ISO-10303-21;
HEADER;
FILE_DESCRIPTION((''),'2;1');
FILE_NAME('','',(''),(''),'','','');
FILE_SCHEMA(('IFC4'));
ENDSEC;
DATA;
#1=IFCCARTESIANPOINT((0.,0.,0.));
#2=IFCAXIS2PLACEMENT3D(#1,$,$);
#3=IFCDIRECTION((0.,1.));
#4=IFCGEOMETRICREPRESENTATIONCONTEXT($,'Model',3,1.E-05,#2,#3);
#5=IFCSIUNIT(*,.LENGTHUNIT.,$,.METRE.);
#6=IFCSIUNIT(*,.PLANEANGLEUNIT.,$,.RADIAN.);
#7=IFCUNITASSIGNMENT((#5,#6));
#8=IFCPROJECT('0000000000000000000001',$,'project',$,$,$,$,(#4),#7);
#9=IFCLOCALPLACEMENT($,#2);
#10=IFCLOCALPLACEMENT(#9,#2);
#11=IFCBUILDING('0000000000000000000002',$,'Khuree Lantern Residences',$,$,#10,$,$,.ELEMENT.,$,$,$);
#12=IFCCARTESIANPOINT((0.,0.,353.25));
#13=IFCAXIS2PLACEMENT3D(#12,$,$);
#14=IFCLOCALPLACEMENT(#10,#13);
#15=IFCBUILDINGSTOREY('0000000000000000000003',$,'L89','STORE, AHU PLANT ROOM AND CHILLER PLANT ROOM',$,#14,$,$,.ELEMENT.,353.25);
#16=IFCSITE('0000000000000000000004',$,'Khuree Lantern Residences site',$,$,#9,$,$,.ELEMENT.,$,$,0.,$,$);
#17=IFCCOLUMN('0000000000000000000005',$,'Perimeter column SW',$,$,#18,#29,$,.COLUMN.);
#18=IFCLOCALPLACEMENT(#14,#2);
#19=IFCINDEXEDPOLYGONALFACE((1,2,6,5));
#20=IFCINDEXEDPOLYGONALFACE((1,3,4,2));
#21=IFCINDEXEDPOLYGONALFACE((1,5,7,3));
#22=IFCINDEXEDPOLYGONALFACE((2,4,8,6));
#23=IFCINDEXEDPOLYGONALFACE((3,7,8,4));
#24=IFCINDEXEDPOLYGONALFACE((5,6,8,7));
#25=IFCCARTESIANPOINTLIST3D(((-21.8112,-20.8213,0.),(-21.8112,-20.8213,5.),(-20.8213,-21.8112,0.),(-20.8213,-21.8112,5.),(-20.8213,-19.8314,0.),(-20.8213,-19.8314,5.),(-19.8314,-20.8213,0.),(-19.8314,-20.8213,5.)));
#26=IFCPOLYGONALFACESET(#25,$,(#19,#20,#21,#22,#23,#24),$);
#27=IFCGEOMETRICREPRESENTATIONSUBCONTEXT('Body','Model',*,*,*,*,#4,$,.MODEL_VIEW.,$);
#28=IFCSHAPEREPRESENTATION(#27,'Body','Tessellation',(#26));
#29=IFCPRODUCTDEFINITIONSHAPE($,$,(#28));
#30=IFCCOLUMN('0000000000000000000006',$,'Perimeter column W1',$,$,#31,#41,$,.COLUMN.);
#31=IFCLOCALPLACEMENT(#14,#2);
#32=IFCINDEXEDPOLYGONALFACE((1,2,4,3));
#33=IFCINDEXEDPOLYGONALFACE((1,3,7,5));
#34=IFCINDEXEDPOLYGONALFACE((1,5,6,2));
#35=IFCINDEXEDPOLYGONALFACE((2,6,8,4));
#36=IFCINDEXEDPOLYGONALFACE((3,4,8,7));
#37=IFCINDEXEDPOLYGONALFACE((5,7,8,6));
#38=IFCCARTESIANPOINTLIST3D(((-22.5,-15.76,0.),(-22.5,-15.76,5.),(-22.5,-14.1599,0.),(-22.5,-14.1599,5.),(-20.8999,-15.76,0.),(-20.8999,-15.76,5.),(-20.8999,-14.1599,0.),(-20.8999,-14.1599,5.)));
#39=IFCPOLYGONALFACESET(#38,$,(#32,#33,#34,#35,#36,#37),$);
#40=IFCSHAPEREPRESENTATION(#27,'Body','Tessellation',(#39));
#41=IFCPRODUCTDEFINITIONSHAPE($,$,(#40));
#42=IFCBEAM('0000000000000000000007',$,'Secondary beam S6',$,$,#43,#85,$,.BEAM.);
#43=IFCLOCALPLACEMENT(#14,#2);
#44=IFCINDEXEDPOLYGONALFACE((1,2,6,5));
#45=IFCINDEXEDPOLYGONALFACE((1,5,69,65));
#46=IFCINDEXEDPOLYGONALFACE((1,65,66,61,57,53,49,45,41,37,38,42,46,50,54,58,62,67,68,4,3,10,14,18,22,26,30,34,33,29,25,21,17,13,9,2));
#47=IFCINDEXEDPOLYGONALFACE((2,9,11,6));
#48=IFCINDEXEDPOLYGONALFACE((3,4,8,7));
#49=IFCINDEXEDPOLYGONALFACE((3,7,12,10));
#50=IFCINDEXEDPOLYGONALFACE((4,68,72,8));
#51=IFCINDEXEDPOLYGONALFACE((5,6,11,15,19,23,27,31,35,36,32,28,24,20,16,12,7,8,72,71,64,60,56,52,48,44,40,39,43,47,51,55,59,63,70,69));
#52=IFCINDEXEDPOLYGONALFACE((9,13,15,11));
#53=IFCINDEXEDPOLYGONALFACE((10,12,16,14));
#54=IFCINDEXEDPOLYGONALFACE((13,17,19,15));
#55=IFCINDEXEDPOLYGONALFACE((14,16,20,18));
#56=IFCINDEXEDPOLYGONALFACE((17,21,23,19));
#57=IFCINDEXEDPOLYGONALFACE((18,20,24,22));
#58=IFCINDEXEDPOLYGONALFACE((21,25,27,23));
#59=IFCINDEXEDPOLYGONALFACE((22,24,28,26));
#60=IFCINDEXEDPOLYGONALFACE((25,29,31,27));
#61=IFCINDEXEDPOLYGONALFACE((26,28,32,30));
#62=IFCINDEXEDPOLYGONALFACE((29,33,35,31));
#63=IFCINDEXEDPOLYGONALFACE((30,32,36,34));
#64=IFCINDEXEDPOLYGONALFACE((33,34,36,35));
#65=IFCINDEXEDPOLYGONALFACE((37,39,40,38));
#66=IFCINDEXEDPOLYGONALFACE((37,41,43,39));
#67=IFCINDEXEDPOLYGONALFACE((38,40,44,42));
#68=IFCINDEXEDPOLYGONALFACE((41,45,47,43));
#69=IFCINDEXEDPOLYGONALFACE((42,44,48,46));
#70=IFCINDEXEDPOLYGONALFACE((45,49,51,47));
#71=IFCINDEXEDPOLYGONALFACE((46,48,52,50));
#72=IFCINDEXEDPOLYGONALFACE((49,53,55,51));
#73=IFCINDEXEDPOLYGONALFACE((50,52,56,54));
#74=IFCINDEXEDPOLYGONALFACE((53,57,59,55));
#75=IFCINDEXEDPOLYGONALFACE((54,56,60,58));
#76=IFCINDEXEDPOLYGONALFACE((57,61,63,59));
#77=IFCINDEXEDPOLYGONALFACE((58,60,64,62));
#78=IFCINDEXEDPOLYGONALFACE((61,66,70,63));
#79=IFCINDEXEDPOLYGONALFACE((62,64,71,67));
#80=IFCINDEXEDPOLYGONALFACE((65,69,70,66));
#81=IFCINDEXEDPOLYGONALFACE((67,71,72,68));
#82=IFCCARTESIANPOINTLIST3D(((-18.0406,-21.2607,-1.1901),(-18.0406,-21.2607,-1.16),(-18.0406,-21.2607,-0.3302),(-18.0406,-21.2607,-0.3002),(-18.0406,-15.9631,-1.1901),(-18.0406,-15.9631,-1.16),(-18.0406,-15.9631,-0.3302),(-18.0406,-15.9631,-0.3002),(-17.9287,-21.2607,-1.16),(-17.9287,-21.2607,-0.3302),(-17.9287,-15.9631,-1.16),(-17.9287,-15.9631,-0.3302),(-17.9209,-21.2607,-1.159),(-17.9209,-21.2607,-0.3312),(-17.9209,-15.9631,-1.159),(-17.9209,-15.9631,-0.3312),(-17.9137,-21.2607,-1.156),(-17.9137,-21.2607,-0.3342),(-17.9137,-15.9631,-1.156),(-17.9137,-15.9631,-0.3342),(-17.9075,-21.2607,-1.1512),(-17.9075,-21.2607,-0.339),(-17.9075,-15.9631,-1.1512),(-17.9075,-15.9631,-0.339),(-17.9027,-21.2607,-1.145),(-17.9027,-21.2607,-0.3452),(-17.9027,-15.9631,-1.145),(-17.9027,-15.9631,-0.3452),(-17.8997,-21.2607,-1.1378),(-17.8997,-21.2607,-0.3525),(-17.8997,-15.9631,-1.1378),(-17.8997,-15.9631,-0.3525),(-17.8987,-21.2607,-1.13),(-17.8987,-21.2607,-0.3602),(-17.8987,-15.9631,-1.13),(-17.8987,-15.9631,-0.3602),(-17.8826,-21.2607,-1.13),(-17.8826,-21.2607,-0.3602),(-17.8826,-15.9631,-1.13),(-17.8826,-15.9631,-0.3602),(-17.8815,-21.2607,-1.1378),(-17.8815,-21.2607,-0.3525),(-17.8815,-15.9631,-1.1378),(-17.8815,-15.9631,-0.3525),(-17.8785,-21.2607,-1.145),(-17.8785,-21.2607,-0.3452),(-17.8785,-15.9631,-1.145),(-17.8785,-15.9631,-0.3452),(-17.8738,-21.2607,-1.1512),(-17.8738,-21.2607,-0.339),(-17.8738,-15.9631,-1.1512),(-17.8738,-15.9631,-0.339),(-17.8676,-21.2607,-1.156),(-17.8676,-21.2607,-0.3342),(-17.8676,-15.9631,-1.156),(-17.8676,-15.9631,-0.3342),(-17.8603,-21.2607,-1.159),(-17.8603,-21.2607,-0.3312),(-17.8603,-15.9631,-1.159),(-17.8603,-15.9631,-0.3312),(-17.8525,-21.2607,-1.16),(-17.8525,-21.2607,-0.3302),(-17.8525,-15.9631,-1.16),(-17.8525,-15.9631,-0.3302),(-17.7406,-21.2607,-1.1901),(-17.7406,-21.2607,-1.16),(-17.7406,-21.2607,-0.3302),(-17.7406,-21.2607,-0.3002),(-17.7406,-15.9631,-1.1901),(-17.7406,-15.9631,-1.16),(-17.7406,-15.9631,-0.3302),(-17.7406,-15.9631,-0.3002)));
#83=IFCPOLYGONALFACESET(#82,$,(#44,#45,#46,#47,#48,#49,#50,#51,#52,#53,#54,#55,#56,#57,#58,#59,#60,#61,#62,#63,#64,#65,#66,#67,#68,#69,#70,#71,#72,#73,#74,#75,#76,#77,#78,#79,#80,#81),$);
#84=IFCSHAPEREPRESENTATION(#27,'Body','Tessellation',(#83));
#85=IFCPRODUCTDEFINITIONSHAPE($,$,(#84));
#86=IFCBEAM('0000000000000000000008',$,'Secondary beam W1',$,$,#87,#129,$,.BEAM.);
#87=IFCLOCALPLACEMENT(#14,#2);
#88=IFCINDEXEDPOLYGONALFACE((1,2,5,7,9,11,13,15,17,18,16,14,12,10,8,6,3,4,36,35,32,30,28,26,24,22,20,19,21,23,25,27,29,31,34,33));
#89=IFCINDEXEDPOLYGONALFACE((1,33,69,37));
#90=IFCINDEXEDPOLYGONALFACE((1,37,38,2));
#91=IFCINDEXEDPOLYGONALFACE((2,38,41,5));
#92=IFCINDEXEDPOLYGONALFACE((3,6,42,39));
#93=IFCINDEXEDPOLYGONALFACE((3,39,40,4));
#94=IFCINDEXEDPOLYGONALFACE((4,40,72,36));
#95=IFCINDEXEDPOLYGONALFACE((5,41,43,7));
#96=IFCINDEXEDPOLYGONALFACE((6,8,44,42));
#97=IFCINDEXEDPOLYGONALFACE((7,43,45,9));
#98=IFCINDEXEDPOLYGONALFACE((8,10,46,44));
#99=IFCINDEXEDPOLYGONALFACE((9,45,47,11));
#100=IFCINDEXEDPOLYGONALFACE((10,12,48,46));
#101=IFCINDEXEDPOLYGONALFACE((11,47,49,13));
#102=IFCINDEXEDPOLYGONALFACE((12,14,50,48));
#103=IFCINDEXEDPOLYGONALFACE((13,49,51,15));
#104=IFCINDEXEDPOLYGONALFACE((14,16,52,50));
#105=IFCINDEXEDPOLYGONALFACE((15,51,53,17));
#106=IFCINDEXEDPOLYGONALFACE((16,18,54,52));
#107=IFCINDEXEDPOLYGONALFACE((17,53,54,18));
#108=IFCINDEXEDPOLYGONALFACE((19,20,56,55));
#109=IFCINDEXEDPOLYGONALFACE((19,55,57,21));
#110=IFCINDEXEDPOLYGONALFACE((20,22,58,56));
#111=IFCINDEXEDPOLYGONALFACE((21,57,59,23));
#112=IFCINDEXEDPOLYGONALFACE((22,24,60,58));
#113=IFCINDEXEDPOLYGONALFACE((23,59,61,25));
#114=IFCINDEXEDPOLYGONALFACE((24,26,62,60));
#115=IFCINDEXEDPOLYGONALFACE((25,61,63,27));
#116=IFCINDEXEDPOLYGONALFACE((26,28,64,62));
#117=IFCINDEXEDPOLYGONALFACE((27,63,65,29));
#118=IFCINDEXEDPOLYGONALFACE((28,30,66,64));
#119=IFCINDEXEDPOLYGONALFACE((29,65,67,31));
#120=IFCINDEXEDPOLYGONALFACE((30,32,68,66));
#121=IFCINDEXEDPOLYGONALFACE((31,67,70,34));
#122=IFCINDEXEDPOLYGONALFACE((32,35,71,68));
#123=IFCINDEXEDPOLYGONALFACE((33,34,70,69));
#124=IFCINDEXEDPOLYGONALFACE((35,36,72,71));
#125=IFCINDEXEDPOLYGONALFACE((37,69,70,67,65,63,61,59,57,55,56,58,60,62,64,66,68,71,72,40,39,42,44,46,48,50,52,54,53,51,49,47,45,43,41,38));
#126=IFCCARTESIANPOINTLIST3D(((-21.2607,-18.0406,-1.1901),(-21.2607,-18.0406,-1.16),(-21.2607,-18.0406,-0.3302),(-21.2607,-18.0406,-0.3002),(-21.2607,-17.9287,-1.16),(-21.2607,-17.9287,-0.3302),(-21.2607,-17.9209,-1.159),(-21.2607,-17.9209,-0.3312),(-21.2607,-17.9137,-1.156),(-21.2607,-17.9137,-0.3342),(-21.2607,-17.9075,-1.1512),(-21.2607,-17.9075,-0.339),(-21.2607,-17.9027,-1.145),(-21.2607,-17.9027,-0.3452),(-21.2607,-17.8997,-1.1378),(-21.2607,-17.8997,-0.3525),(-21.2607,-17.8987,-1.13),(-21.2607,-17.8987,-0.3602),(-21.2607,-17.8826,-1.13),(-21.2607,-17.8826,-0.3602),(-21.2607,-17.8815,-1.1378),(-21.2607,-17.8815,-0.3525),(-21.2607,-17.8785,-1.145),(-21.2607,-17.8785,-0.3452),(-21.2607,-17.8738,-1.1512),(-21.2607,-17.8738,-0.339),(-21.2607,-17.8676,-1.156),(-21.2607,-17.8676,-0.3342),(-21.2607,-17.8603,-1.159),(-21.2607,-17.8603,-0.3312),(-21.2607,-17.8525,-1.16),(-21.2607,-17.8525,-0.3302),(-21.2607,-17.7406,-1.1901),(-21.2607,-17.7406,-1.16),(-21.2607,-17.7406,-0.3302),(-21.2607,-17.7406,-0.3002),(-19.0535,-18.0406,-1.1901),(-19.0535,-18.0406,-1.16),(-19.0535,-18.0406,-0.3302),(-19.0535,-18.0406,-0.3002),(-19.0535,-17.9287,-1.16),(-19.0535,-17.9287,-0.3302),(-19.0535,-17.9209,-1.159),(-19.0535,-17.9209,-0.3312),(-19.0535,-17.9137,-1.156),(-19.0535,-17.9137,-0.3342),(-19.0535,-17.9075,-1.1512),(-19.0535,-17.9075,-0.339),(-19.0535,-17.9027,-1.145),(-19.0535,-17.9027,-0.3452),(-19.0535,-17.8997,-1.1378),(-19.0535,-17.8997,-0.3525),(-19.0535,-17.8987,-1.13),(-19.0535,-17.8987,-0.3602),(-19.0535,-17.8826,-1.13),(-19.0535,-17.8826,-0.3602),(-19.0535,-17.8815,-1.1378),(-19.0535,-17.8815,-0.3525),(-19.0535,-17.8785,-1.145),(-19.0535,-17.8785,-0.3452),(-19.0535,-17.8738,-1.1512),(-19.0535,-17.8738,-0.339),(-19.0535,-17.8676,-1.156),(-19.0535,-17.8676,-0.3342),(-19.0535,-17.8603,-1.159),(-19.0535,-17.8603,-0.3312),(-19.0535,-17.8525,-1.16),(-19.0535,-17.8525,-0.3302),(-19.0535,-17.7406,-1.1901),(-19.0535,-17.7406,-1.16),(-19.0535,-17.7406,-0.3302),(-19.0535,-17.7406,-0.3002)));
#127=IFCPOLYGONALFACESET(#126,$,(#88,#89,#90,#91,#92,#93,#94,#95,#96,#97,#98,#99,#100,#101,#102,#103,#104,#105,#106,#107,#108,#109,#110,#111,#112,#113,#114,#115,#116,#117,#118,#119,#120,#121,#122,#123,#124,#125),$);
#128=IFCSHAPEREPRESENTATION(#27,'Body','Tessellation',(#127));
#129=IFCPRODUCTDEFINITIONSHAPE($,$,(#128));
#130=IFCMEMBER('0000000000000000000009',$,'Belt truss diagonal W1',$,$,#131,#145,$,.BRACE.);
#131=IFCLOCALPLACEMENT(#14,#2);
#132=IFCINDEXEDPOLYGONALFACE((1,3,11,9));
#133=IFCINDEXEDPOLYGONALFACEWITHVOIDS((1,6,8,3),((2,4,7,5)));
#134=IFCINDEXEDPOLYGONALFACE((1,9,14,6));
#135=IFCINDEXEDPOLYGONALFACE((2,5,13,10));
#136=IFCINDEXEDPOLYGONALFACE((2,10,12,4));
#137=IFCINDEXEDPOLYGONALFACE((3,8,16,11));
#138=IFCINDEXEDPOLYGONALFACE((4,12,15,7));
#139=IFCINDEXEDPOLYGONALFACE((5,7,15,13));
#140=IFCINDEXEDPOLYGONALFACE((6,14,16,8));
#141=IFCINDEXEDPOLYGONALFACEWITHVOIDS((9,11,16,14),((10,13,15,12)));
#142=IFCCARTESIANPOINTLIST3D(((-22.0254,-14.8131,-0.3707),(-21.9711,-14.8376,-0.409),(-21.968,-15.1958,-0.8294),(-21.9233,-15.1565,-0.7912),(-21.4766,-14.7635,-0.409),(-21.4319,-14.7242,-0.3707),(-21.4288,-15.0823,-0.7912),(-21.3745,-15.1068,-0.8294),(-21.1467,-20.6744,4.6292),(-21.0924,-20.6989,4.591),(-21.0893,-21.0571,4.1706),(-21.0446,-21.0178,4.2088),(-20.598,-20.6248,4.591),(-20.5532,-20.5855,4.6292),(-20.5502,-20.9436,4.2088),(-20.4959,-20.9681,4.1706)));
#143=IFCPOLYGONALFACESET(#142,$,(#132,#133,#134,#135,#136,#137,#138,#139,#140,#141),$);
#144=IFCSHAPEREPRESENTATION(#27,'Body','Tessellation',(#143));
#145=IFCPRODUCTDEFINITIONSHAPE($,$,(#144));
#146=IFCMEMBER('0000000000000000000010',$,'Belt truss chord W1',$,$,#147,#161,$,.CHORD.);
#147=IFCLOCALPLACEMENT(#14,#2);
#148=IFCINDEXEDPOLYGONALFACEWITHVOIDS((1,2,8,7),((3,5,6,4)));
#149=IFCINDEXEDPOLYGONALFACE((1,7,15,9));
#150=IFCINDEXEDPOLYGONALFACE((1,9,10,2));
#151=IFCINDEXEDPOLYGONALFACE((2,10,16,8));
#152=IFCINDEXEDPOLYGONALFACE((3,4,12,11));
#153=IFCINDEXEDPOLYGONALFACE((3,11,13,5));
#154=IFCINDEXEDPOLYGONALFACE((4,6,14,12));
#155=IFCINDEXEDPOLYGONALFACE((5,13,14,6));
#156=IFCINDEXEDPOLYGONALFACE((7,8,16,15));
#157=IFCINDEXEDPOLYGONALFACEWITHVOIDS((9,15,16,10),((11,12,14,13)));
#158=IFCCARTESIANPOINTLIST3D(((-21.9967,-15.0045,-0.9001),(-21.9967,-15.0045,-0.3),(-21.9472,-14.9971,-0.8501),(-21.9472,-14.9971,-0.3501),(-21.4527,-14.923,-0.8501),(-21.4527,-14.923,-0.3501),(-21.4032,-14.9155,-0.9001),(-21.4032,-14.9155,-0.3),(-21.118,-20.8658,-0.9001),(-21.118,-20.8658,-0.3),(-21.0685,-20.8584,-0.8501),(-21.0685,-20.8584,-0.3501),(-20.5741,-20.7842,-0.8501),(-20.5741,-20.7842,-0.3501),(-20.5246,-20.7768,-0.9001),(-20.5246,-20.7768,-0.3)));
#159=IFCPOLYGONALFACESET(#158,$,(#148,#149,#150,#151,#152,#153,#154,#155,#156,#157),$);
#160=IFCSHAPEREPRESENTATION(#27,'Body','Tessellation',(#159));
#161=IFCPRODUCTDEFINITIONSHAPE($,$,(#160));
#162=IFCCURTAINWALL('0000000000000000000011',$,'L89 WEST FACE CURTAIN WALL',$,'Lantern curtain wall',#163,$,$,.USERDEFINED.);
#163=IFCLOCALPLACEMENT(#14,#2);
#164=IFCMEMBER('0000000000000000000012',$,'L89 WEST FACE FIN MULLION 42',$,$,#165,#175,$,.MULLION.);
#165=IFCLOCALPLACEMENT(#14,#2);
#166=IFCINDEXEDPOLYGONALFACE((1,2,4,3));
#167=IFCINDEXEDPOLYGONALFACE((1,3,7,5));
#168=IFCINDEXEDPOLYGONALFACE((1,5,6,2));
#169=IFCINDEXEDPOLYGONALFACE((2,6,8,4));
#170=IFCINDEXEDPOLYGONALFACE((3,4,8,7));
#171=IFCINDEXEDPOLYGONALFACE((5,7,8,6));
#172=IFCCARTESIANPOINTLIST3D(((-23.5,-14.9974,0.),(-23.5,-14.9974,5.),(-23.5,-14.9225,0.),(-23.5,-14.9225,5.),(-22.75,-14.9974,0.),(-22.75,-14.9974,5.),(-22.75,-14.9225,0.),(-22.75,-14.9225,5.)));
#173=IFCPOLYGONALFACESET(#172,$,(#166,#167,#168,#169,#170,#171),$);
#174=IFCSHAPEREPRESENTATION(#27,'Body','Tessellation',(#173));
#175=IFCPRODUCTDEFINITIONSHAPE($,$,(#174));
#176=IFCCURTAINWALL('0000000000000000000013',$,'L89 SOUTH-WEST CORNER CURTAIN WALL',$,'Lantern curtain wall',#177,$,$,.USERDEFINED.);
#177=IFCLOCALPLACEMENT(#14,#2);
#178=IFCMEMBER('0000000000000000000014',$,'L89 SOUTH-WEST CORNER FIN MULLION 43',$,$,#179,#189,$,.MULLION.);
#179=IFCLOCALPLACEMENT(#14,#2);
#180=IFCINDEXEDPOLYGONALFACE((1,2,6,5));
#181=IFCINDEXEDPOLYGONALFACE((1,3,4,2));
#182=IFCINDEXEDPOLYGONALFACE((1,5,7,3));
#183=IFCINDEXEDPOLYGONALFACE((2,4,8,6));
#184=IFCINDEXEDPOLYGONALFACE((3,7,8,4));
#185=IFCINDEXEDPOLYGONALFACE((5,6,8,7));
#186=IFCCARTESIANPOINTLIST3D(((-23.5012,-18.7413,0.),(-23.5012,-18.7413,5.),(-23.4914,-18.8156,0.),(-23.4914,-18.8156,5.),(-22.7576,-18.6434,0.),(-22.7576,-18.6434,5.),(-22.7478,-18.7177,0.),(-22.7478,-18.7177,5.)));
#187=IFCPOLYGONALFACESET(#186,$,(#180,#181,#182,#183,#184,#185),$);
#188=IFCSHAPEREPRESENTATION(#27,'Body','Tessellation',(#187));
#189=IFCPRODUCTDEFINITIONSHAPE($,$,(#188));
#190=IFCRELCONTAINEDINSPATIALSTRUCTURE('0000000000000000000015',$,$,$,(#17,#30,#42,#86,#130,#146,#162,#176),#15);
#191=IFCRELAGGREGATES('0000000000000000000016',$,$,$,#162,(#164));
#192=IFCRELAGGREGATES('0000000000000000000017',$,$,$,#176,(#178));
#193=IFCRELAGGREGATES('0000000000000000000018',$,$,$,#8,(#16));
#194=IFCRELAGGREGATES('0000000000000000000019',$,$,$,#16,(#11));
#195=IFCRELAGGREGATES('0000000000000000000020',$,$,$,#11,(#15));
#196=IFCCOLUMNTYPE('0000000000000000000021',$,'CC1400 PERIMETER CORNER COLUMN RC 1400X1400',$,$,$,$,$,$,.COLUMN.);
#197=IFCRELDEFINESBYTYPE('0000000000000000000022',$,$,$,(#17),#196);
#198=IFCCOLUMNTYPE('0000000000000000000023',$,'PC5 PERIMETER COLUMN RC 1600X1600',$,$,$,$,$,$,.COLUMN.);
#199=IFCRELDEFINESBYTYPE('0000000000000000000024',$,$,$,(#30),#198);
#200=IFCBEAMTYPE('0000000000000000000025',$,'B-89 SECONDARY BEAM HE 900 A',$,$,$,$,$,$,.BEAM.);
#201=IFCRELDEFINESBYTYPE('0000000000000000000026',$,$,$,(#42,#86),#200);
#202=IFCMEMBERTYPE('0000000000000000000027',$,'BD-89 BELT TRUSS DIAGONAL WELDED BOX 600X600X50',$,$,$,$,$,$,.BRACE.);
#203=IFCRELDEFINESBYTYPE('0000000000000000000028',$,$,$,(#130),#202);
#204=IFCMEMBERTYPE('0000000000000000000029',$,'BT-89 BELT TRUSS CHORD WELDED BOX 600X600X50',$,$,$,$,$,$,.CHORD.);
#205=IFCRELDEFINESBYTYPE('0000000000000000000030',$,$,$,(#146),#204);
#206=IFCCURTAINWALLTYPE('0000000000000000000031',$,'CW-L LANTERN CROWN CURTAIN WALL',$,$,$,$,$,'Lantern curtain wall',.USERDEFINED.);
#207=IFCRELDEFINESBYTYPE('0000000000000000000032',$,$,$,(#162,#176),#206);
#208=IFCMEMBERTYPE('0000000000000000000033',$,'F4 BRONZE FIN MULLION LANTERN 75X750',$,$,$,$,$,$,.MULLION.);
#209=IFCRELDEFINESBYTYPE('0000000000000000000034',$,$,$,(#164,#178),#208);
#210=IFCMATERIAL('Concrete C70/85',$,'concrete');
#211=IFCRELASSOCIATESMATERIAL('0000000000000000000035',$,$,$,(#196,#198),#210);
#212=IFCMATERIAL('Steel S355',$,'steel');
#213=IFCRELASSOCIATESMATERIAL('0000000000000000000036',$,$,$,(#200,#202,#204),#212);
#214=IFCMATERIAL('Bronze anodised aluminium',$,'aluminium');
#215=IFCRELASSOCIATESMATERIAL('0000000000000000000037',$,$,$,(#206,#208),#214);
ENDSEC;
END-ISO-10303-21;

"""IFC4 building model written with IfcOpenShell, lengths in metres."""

from ifc_helpers import new_model, si_unit, direction, frame, origin, origin_2d, place, context, subcontext, project, spatial, rectangle, hollow_rectangle, i_section, extrude, material, material_profile, profile_set, type_object, element, aggregate, save


model = new_model("IFC4")

# Units and contexts
model_context = context("Model", 3, precision=1e-05, world=origin(), true_north=direction((0.0, 1.0)))
body_context = subcontext(model_context, "Body", "Model", "MODEL_VIEW")
ifc_project = project(units=[si_unit("LENGTHUNIT", "METRE"), si_unit("PLANEANGLEUNIT", "RADIAN")], contexts=[model_context])

# Site, building, storey
site_placement = place(None, origin())
site = spatial("IfcSite", under=ifc_project, at=site_placement, Name="Khuree Lantern Residences site", CompositionType="ELEMENT", RefElevation=0.0)
building_placement = place(site_placement, origin())
building = spatial("IfcBuilding", under=site, at=building_placement, Name="Khuree Lantern Residences", CompositionType="ELEMENT")
storey_placement = place(building_placement, frame((0.0, 0.0, 353.25)))
storey = spatial("IfcBuildingStorey", under=building, at=storey_placement, Name="L89", Description="STORE, AHU PLANT ROOM AND CHILLER PLANT ROOM", CompositionType="ELEMENT", Elevation=353.25)

# Columns
ifc_material_1 = material(Name="Concrete C70/85", Category="concrete")
ifc_material_profile_1 = material_profile(ifc_material_1, rectangle(XDim=1.3999, YDim=1.3999, at=origin_2d()), Name="RC 1400X1400")
ifc_profile_set_1 = profile_set([ifc_material_profile_1], Name="Concrete C70/85")
column_type_1 = type_object("IfcColumnType", Name="CC1400 PERIMETER CORNER COLUMN RC 1400X1400", PredefinedType="COLUMN", material=ifc_profile_set_1)
column_1_placement = place(storey_placement, frame((-20.8213, -20.8213, 0.0), z_axis=(0.0, 0.0, 1.0), x_axis=(0.707107, -0.707107, 0.0)))
element("IfcColumn", 1, at=column_1_placement, inside=storey, type_object=column_type_1, Name="Perimeter column SW", PredefinedType="COLUMN", context=body_context, shape_type="SweptSolid", body=[
    extrude(rectangle(XDim=1.3999, YDim=1.3999, at=origin_2d()), origin(), (0.0, 0.0, 1.0), 5.0),
])
ifc_material_profile_2 = material_profile(ifc_material_1, rectangle(XDim=1.6001, YDim=1.6001, at=origin_2d()), Name="RC 1600X1600")
ifc_profile_set_2 = profile_set([ifc_material_profile_2], Name="Concrete C70/85")
column_type_2 = type_object("IfcColumnType", Name="PC5 PERIMETER COLUMN RC 1600X1600", PredefinedType="COLUMN", material=ifc_profile_set_2)
column_2_placement = place(storey_placement, frame((-21.7, -14.96, 0.0), z_axis=(0.0, 0.0, 1.0), x_axis=(0.0, 1.0, 0.0)))
element("IfcColumn", 2, at=column_2_placement, inside=storey, type_object=column_type_2, Name="Perimeter column W1", PredefinedType="COLUMN", context=body_context, shape_type="SweptSolid", body=[
    extrude(rectangle(XDim=1.6001, YDim=1.6001, at=origin_2d()), origin(), (0.0, 0.0, 1.0), 5.0),
])

# Beams
ifc_material_2 = material(Name="Steel S355", Category="steel")
ifc_material_profile_3 = material_profile(ifc_material_2, i_section(OverallWidth=0.3, OverallDepth=0.8899, WebThickness=0.0161, FlangeThickness=0.03, FilletRadius=0.03, at=origin_2d()), Name="HE 900 A")
ifc_profile_set_3 = profile_set([ifc_material_profile_3], Name="Steel S355")
beam_type = type_object("IfcBeamType", Name="B-89 SECONDARY BEAM HE 900 A", PredefinedType="BEAM", material=ifc_profile_set_3)
beam_1_placement = place(storey_placement, frame((-17.8906, -21.2607, -0.7451), z_axis=(0.0, 1.0, 0.0), x_axis=(-1.0, 0.0, 0.0)))
element("IfcBeam", 3, at=beam_1_placement, inside=storey, type_object=beam_type, Name="Secondary beam S6", PredefinedType="BEAM", context=body_context, shape_type="SweptSolid", body=[
    extrude(i_section(OverallWidth=0.3, OverallDepth=0.8899, WebThickness=0.0161, FlangeThickness=0.03, FilletRadius=0.03, at=origin_2d()), origin(), (0.0, 0.0, 1.0), 5.2976),
])
beam_2_placement = place(storey_placement, frame((-21.2607, -17.8906, -0.7451), z_axis=(1.0, 0.0, 0.0), x_axis=(0.0, 1.0, 0.0)))
element("IfcBeam", 4, at=beam_2_placement, inside=storey, type_object=beam_type, Name="Secondary beam W1", PredefinedType="BEAM", context=body_context, shape_type="SweptSolid", body=[
    extrude(i_section(OverallWidth=0.3, OverallDepth=0.8899, WebThickness=0.0161, FlangeThickness=0.03, FilletRadius=0.03, at=origin_2d()), origin(), (0.0, 0.0, 1.0), 2.2073),
])

# Members
ifc_material_profile_4 = material_profile(ifc_material_2, hollow_rectangle(XDim=0.6001, YDim=0.6001, WallThickness=0.05, at=origin_2d()), Name="WELDED BOX 600X600X50")
ifc_profile_set_4 = profile_set([ifc_material_profile_4], Name="Steel S355")
member_type_1 = type_object("IfcMemberType", Name="BD-89 BELT TRUSS DIAGONAL WELDED BOX 600X600X50", PredefinedType="BRACE", material=ifc_profile_set_4)
member_1_placement = place(storey_placement, frame((-20.8213, -20.8213, 4.3999), z_axis=(-0.113315, 0.755893, -0.644814), x_axis=(-0.98895, -0.148252, 0.0)))
element("IfcMember", 5, at=member_1_placement, inside=storey, type_object=member_type_1, Name="Belt truss diagonal W1", PredefinedType="BRACE", context=body_context, shape_type="SweptSolid", body=[
    extrude(hollow_rectangle(XDim=0.6001, YDim=0.6001, WallThickness=0.05, at=origin_2d()), origin(), (0.0, 0.0, 1.0), 7.7542),
])
ifc_material_profile_5 = material_profile(ifc_material_2, hollow_rectangle(XDim=0.6001, YDim=0.6001, WallThickness=0.05, at=origin_2d()), Name="WELDED BOX 600X600X50")
ifc_profile_set_5 = profile_set([ifc_material_profile_5], Name="Steel S355")
member_type_2 = type_object("IfcMemberType", Name="BT-89 BELT TRUSS CHORD WELDED BOX 600X600X50", PredefinedType="CHORD", material=ifc_profile_set_5)
member_2_placement = place(storey_placement, frame((-20.8213, -20.8213, -0.6001), z_axis=(-0.148252, 0.98895, 0.0), x_axis=(-0.98895, -0.148252, 0.0)))
element("IfcMember", 6, at=member_2_placement, inside=storey, type_object=member_type_2, Name="Belt truss chord W1", PredefinedType="CHORD", context=body_context, shape_type="SweptSolid", body=[
    extrude(hollow_rectangle(XDim=0.6001, YDim=0.6001, WallThickness=0.05, at=origin_2d()), origin(), (0.0, 0.0, 1.0), 5.9268),
])

# Curtain wall, member
ifc_material_3 = material(Name="Bronze anodised aluminium", Category="aluminium")
curtain_wall_type = type_object("IfcCurtainWallType", Name="CW-L LANTERN CROWN CURTAIN WALL", ElementType="Lantern curtain wall", PredefinedType="USERDEFINED", material=ifc_material_3)
curtain_wall_1_placement = place(storey_placement, origin())
curtain_wall_1 = element("IfcCurtainWall", 7, at=curtain_wall_1_placement, inside=storey, type_object=curtain_wall_type, Name="L89 WEST FACE CURTAIN WALL", ObjectType="Lantern curtain wall", PredefinedType="USERDEFINED")
ifc_material_profile_6 = material_profile(ifc_material_3, rectangle(XDim=0.075, YDim=0.75, at=origin_2d()), Name="F4 75X750")
ifc_profile_set_6 = profile_set([ifc_material_profile_6], Name="Bronze anodised aluminium")
member_type_3 = type_object("IfcMemberType", Name="F4 BRONZE FIN MULLION LANTERN 75X750", PredefinedType="MULLION", material=ifc_profile_set_6)
member_3_placement = place(storey_placement, frame((-23.125, -14.96, 0.0), z_axis=(0.0, 0.0, 1.0), x_axis=(0.0, -1.0, 0.0)))
member_3 = element("IfcMember", 8, at=member_3_placement, type_object=member_type_3, Name="L89 WEST FACE FIN MULLION 42", PredefinedType="MULLION", context=body_context, shape_type="SweptSolid", body=[
    extrude(rectangle(XDim=0.075, YDim=0.75, at=origin_2d()), origin(), (0.0, 0.0, 1.0), 5.0),
])

# Curtain wall, member
curtain_wall_2_placement = place(storey_placement, origin())
curtain_wall_2 = element("IfcCurtainWall", 9, at=curtain_wall_2_placement, inside=storey, type_object=curtain_wall_type, Name="L89 SOUTH-WEST CORNER CURTAIN WALL", ObjectType="Lantern curtain wall", PredefinedType="USERDEFINED")
member_4_placement = place(storey_placement, frame((-23.1245, -18.7295, 0.0), z_axis=(0.0, 0.0, 1.0), x_axis=(0.130526, -0.991445, 0.0)))
member_4 = element("IfcMember", 10, at=member_4_placement, type_object=member_type_3, Name="L89 SOUTH-WEST CORNER FIN MULLION 43", PredefinedType="MULLION", context=body_context, shape_type="SweptSolid", body=[
    extrude(rectangle(XDim=0.075, YDim=0.75, at=origin_2d()), origin(), (0.0, 0.0, 1.0), 5.0),
])

aggregate(curtain_wall_1, [member_3])
aggregate(curtain_wall_2, [member_4])

save(model, "model.ifc")
